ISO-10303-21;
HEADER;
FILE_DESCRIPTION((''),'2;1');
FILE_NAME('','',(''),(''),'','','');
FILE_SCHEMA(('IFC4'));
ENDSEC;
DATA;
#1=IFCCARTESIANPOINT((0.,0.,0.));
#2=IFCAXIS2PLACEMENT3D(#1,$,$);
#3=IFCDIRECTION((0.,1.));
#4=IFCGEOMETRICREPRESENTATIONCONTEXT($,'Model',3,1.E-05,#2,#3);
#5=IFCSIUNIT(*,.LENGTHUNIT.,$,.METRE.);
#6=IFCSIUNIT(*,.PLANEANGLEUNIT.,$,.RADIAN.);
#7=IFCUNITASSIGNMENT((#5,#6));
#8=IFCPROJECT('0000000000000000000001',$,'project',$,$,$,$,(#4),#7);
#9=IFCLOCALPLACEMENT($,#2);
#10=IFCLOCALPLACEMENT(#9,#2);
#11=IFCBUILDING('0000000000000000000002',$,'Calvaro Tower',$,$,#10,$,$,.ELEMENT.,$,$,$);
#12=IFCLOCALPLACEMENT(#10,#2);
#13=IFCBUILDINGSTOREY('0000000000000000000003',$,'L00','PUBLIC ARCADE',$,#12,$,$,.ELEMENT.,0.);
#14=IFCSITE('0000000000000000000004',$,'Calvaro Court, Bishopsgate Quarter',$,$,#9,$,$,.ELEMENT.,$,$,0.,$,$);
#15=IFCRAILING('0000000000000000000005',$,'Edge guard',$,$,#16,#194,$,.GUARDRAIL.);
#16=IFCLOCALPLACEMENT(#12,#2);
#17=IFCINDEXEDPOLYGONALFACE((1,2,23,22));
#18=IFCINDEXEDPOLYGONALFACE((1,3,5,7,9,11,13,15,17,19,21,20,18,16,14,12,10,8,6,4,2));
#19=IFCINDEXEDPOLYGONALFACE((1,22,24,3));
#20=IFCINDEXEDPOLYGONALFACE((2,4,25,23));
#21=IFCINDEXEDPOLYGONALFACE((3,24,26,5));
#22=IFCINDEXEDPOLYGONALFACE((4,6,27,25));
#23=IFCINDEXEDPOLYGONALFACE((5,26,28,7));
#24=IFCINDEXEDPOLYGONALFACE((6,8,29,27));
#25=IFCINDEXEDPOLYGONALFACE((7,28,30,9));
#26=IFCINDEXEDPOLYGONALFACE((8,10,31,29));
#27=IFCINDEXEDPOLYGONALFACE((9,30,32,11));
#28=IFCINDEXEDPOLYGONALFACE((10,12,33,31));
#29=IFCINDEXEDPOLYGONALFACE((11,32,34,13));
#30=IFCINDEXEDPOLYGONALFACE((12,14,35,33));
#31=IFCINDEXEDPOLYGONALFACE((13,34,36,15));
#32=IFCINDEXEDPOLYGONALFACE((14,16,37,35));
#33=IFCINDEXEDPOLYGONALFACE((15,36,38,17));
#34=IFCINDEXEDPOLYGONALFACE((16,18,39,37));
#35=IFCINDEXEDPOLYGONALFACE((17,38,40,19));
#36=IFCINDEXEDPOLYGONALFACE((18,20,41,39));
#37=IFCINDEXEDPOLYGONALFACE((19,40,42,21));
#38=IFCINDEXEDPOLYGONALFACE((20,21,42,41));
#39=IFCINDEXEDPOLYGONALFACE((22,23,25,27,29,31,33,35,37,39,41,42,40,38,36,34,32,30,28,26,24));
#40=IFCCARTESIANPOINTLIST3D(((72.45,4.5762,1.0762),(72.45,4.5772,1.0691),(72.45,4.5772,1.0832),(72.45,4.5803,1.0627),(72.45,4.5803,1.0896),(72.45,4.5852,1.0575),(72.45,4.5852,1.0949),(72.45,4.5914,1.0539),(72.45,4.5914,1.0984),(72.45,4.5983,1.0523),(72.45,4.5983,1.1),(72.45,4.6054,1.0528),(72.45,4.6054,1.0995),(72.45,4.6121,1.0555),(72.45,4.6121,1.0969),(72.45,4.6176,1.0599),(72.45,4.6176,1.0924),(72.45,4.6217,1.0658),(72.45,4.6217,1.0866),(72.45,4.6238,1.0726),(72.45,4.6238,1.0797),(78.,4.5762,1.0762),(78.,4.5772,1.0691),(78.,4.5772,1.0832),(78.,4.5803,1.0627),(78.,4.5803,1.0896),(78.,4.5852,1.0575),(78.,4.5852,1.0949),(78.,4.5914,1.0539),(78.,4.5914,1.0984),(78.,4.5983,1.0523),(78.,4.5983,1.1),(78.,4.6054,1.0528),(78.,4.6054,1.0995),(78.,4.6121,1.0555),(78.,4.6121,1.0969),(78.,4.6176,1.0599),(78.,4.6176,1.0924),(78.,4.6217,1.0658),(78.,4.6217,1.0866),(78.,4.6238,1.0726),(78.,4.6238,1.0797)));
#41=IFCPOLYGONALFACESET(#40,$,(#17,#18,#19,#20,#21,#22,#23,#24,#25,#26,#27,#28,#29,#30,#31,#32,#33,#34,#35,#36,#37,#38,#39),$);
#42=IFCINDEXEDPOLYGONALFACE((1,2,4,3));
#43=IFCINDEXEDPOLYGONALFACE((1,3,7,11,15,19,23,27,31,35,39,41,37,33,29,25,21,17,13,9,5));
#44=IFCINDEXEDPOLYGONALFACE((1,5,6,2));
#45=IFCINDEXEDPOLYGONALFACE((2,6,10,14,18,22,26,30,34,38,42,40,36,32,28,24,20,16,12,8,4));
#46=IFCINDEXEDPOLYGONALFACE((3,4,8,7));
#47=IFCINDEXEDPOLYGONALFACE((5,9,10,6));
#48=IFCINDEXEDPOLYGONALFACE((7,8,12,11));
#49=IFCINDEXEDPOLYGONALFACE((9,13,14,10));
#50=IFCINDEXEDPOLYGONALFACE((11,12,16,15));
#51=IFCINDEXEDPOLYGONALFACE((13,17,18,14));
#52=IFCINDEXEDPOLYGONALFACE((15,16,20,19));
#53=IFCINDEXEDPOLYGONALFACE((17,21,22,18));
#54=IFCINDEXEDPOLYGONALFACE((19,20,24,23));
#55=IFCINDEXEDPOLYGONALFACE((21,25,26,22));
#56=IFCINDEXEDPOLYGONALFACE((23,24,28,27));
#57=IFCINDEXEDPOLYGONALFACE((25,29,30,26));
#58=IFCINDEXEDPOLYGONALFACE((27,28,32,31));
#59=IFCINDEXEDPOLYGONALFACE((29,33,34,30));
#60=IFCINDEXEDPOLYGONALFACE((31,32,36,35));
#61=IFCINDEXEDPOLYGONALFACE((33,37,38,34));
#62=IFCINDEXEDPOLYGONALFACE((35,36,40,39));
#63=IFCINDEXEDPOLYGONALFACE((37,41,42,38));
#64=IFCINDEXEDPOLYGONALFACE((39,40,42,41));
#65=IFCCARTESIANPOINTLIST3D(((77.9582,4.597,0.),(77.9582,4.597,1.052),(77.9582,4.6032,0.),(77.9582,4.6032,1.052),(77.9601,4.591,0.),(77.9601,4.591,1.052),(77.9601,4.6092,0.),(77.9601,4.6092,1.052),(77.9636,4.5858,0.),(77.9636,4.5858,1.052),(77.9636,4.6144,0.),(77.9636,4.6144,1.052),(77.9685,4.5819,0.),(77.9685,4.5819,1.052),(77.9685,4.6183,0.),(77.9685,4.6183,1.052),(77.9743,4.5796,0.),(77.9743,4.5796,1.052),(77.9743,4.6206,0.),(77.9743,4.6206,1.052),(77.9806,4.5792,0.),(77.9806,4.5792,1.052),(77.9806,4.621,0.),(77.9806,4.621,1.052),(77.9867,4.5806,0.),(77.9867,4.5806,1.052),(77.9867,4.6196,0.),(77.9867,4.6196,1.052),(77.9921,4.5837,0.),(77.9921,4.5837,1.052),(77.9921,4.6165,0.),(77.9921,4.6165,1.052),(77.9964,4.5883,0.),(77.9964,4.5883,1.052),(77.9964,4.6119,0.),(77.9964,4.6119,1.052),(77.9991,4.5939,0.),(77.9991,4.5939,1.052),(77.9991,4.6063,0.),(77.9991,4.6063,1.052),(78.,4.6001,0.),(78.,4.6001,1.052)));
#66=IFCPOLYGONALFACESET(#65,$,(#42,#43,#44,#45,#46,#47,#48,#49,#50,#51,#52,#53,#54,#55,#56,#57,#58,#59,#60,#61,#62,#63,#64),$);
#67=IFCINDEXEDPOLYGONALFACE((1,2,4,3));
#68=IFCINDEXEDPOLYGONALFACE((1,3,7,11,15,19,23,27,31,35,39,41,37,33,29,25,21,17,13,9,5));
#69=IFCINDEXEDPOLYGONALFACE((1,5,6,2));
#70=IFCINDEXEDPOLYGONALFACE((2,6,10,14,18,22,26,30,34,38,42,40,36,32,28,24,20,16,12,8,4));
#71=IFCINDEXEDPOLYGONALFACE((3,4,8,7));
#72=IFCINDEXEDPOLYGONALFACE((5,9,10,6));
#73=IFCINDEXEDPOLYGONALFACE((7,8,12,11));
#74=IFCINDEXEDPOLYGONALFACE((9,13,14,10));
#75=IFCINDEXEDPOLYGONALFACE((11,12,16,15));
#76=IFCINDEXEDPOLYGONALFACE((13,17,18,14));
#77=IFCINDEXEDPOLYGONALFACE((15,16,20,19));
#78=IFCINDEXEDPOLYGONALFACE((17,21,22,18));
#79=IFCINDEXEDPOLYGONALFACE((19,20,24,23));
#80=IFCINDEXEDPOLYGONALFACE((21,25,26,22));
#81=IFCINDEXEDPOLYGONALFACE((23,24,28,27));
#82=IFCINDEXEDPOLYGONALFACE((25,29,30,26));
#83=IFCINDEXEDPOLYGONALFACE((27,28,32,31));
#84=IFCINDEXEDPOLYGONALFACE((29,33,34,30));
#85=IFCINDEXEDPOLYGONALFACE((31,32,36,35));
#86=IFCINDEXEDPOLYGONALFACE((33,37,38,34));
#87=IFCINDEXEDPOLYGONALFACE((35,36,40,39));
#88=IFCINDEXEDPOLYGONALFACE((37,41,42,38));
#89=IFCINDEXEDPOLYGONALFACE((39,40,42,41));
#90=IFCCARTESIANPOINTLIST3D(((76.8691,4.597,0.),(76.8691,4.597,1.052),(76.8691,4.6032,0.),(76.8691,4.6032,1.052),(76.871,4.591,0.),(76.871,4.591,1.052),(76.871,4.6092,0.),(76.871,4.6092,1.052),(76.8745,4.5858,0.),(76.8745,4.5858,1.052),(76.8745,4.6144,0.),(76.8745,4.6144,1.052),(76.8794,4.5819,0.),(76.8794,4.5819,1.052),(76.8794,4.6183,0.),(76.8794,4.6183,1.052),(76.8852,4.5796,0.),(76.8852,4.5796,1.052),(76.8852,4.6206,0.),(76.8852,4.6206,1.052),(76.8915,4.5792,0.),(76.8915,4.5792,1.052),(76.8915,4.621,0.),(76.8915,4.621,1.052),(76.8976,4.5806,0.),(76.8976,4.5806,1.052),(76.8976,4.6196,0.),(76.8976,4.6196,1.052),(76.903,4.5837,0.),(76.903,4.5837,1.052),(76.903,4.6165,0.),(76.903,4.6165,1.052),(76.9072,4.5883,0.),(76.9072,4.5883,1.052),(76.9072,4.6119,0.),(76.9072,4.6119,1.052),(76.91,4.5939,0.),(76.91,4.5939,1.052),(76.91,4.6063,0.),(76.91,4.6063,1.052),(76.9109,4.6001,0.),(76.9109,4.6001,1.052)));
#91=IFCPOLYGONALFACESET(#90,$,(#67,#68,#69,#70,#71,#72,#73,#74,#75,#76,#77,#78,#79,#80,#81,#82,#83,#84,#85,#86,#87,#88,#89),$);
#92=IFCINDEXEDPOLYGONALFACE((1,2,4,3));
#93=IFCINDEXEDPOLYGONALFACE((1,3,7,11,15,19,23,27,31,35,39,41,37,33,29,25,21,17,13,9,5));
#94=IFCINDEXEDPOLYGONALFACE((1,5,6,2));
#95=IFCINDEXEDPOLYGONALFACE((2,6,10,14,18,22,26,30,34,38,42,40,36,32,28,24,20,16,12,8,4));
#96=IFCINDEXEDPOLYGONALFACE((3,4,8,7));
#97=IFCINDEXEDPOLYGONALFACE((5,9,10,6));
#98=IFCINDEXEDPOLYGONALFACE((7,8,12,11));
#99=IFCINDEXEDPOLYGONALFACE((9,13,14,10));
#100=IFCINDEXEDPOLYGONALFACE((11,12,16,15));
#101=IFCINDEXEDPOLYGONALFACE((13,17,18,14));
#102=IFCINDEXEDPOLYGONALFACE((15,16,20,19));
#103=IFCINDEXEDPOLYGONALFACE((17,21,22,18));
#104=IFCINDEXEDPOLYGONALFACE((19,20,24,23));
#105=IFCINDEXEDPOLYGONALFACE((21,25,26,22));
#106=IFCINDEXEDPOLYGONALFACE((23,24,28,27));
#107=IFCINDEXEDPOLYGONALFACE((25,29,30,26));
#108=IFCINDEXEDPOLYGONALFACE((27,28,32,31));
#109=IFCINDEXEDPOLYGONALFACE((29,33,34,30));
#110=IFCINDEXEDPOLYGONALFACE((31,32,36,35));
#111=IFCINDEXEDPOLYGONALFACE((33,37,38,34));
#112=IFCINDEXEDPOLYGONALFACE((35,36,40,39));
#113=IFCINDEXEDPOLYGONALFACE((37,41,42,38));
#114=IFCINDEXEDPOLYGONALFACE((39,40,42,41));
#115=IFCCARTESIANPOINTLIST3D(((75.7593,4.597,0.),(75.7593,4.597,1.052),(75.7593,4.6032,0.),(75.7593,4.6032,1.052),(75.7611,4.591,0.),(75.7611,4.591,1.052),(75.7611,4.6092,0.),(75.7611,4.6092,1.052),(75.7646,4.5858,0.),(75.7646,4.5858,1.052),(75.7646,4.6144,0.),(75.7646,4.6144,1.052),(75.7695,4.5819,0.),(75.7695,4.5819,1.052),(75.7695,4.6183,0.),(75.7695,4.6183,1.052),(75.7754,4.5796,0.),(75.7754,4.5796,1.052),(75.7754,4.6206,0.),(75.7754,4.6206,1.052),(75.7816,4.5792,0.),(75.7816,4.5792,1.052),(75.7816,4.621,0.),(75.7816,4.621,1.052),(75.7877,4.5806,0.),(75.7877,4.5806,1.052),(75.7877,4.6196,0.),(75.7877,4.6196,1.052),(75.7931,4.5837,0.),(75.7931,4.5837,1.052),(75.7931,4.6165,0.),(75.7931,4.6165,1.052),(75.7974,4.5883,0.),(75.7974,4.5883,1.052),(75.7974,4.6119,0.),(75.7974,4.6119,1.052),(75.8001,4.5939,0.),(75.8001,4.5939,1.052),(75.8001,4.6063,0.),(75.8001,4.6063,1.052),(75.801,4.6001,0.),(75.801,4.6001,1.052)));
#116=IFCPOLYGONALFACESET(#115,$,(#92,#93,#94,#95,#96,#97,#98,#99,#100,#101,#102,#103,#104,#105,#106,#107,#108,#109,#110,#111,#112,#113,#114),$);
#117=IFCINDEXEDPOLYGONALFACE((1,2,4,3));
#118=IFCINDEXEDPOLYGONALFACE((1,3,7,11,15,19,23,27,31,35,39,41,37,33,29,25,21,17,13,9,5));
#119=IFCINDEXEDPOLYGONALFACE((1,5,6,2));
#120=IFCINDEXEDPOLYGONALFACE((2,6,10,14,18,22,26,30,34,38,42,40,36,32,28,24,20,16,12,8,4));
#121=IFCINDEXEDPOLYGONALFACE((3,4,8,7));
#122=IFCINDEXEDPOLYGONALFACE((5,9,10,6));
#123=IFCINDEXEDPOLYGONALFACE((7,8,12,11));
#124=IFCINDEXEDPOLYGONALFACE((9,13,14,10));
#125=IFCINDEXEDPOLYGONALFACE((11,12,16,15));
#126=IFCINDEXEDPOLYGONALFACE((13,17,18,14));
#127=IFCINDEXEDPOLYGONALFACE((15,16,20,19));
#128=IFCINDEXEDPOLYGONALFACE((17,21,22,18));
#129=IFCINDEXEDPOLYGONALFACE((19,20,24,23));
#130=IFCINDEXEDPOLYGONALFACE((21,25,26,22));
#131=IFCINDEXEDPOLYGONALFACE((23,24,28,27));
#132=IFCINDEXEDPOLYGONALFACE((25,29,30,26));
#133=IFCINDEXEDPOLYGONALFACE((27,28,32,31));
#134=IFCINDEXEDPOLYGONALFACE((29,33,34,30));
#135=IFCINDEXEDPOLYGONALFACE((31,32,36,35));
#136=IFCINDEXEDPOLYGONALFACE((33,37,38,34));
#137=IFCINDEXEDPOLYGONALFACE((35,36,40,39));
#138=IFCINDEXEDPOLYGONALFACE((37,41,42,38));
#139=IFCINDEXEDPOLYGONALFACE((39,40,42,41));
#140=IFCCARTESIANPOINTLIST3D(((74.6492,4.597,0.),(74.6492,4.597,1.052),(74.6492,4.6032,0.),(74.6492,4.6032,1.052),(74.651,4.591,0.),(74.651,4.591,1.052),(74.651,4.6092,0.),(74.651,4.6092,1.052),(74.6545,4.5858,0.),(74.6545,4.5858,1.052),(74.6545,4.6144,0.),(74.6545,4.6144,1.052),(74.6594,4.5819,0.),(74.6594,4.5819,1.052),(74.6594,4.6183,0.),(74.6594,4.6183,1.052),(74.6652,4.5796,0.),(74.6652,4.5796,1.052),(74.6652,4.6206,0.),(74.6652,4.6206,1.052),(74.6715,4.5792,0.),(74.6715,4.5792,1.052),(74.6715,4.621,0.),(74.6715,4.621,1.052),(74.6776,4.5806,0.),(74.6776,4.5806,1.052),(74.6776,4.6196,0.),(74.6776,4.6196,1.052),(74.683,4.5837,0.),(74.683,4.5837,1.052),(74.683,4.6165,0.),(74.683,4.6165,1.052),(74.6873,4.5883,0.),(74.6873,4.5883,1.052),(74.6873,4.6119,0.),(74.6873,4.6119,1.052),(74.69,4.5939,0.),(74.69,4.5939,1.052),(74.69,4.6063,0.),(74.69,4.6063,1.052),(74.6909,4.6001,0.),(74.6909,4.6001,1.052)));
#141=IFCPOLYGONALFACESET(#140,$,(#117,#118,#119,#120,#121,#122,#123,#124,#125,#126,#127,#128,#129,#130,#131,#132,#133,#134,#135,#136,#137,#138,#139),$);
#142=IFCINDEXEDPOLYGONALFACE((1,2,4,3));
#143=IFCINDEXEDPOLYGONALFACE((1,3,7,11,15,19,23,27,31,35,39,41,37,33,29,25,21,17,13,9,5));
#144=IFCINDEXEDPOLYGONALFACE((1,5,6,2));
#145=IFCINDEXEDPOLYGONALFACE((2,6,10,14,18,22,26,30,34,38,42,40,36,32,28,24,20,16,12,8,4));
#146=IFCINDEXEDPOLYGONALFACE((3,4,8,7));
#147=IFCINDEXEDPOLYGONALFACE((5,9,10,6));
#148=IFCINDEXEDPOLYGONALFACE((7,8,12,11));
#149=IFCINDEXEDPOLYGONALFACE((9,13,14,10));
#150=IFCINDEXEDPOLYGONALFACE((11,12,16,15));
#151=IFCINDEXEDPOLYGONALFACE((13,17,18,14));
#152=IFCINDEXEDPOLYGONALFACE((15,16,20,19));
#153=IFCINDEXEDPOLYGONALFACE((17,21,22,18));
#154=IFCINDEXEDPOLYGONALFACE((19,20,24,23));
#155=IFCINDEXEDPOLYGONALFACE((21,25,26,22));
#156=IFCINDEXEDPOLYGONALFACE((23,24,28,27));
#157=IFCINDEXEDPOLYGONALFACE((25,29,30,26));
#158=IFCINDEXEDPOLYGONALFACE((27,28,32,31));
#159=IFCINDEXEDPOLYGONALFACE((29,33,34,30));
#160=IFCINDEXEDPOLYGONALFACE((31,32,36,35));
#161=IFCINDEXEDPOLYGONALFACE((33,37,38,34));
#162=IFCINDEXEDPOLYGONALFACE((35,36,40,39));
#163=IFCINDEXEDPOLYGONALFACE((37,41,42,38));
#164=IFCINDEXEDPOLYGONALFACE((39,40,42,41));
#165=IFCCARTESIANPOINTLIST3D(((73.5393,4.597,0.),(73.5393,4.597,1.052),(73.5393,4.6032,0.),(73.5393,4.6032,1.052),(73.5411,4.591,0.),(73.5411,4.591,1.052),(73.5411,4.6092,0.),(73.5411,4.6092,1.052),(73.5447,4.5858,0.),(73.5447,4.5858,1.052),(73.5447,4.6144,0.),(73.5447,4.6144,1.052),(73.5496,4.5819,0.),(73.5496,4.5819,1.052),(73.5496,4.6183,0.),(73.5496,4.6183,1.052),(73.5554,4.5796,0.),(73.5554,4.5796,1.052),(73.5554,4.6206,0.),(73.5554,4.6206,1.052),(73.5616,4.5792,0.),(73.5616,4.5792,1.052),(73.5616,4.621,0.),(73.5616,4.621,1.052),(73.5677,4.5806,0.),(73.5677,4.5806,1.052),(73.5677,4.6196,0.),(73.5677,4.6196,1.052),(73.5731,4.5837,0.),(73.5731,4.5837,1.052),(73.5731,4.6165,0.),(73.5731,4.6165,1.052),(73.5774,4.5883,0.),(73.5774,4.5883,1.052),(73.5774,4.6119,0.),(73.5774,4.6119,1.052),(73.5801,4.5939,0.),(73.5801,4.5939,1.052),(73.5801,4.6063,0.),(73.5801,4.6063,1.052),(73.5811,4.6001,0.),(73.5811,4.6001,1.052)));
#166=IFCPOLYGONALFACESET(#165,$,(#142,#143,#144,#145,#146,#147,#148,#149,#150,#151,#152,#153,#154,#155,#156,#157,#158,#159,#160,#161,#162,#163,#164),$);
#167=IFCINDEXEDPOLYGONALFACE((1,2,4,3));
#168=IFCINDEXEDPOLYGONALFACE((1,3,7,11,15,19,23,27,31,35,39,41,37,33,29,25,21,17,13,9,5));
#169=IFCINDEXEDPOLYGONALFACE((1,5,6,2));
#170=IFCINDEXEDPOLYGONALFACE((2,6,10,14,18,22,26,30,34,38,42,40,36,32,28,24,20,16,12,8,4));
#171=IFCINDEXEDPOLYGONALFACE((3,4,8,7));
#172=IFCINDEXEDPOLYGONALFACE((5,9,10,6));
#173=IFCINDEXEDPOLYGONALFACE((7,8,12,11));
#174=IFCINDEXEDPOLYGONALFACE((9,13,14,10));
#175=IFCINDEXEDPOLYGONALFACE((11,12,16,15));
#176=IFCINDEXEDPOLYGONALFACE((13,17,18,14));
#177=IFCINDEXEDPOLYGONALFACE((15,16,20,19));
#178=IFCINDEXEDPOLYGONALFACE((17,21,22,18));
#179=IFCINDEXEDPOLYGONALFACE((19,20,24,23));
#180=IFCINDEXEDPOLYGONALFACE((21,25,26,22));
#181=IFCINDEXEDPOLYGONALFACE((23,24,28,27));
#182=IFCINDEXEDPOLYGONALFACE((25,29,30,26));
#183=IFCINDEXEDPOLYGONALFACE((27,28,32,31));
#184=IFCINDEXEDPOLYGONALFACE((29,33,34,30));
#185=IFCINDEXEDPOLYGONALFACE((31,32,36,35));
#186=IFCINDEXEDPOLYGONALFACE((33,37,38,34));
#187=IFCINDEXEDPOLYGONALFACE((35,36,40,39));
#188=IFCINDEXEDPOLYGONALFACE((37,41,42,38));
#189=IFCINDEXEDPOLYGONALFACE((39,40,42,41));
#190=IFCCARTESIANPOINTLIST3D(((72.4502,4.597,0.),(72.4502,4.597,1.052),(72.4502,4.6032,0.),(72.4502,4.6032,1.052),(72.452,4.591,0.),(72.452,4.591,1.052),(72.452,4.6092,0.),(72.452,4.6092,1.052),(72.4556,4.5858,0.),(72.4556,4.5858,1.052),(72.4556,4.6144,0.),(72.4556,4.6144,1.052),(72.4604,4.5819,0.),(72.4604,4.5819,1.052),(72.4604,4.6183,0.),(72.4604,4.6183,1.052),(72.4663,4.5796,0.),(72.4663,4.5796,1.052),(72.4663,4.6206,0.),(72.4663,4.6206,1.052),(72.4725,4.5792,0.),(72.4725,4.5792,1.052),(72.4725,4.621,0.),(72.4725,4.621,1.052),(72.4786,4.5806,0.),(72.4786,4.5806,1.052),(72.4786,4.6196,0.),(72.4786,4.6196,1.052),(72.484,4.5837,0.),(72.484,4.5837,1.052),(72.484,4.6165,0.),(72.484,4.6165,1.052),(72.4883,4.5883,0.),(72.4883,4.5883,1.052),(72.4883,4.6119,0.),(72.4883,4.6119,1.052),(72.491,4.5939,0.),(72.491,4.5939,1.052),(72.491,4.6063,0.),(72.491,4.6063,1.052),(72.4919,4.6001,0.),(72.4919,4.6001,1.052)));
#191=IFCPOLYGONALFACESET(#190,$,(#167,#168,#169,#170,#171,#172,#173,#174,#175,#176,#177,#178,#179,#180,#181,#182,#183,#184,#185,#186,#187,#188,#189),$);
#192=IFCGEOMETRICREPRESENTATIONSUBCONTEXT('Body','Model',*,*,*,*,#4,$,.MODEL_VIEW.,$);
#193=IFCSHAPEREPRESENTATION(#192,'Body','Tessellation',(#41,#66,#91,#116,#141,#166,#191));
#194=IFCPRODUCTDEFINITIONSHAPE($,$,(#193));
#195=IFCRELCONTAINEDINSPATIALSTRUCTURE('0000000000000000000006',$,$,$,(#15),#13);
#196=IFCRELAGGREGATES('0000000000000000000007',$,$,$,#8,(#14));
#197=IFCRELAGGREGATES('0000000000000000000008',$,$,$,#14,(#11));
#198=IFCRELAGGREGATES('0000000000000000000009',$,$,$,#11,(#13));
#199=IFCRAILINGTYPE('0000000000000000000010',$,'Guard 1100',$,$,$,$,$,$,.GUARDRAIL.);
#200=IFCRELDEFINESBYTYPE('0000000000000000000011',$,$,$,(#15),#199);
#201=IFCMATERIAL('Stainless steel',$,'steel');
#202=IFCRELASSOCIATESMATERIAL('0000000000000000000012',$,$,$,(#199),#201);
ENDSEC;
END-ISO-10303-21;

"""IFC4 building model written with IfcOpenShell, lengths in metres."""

from ifc_helpers import new_model, si_unit, direction, frame, origin, origin_2d, place, context, subcontext, project, spatial, circle, extrude, material, type_object, element, save


model = new_model("IFC4")

# Units and contexts
model_context = context("Model", 3, precision=1e-05, world=origin(), true_north=direction((0.0, 1.0)))
body_context = subcontext(model_context, "Body", "Model", "MODEL_VIEW")
ifc_project = project(units=[si_unit("LENGTHUNIT", "METRE"), si_unit("PLANEANGLEUNIT", "RADIAN")], contexts=[model_context])

# Site, building, storey
site_placement = place(None, origin())
site = spatial("IfcSite", under=ifc_project, at=site_placement, Name="Calvaro Court, Bishopsgate Quarter", CompositionType="ELEMENT", RefElevation=0.0)
building_placement = place(site_placement, origin())
building = spatial("IfcBuilding", under=site, at=building_placement, Name="Calvaro Tower", CompositionType="ELEMENT")
storey_placement = place(building_placement, origin())
storey = spatial("IfcBuildingStorey", under=building, at=storey_placement, Name="L00", Description="PUBLIC ARCADE", CompositionType="ELEMENT", Elevation=0.0)

# Railing
ifc_material_1 = material(Name="Stainless steel", Category="steel")
railing_type = type_object("IfcRailingType", Name="Guard 1100", PredefinedType="GUARDRAIL", material=ifc_material_1)
railing_1_placement = place(storey_placement, frame((78.0, 4.6001, 0.0)))
element("IfcRailing", 1, at=railing_1_placement, inside=storey, type_object=railing_type, Name="Edge guard", PredefinedType="GUARDRAIL", context=body_context, shape_type="SweptSolid", body=[
    extrude(circle(Radius=0.0239, at=origin_2d()), frame((0.0, 0.0, 1.0762), z_axis=(-1.0, 0.0, 0.0), x_axis=(0.0, -1.0, 0.0)), (0.0, 0.0, 1.0), 5.55),
    extrude(circle(Radius=0.021, at=origin_2d()), frame((-0.021, 0.0, 0.0)), (0.0, 0.0, 1.0), 1.052),
    extrude(circle(Radius=0.021, at=origin_2d()), frame((-1.1101, 0.0, 0.0)), (0.0, 0.0, 1.0), 1.052),
    extrude(circle(Radius=0.021, at=origin_2d()), frame((-2.22, 0.0, 0.0)), (0.0, 0.0, 1.0), 1.052),
    extrude(circle(Radius=0.021, at=origin_2d()), frame((-3.3301, 0.0, 0.0)), (0.0, 0.0, 1.0), 1.052),
    extrude(circle(Radius=0.021, at=origin_2d()), frame((-4.4399, 0.0, 0.0)), (0.0, 0.0, 1.0), 1.052),
    extrude(circle(Radius=0.021, at=origin_2d()), frame((-5.5291, 0.0, 0.0)), (0.0, 0.0, 1.0), 1.052),
])

save(model, "model.ifc")
